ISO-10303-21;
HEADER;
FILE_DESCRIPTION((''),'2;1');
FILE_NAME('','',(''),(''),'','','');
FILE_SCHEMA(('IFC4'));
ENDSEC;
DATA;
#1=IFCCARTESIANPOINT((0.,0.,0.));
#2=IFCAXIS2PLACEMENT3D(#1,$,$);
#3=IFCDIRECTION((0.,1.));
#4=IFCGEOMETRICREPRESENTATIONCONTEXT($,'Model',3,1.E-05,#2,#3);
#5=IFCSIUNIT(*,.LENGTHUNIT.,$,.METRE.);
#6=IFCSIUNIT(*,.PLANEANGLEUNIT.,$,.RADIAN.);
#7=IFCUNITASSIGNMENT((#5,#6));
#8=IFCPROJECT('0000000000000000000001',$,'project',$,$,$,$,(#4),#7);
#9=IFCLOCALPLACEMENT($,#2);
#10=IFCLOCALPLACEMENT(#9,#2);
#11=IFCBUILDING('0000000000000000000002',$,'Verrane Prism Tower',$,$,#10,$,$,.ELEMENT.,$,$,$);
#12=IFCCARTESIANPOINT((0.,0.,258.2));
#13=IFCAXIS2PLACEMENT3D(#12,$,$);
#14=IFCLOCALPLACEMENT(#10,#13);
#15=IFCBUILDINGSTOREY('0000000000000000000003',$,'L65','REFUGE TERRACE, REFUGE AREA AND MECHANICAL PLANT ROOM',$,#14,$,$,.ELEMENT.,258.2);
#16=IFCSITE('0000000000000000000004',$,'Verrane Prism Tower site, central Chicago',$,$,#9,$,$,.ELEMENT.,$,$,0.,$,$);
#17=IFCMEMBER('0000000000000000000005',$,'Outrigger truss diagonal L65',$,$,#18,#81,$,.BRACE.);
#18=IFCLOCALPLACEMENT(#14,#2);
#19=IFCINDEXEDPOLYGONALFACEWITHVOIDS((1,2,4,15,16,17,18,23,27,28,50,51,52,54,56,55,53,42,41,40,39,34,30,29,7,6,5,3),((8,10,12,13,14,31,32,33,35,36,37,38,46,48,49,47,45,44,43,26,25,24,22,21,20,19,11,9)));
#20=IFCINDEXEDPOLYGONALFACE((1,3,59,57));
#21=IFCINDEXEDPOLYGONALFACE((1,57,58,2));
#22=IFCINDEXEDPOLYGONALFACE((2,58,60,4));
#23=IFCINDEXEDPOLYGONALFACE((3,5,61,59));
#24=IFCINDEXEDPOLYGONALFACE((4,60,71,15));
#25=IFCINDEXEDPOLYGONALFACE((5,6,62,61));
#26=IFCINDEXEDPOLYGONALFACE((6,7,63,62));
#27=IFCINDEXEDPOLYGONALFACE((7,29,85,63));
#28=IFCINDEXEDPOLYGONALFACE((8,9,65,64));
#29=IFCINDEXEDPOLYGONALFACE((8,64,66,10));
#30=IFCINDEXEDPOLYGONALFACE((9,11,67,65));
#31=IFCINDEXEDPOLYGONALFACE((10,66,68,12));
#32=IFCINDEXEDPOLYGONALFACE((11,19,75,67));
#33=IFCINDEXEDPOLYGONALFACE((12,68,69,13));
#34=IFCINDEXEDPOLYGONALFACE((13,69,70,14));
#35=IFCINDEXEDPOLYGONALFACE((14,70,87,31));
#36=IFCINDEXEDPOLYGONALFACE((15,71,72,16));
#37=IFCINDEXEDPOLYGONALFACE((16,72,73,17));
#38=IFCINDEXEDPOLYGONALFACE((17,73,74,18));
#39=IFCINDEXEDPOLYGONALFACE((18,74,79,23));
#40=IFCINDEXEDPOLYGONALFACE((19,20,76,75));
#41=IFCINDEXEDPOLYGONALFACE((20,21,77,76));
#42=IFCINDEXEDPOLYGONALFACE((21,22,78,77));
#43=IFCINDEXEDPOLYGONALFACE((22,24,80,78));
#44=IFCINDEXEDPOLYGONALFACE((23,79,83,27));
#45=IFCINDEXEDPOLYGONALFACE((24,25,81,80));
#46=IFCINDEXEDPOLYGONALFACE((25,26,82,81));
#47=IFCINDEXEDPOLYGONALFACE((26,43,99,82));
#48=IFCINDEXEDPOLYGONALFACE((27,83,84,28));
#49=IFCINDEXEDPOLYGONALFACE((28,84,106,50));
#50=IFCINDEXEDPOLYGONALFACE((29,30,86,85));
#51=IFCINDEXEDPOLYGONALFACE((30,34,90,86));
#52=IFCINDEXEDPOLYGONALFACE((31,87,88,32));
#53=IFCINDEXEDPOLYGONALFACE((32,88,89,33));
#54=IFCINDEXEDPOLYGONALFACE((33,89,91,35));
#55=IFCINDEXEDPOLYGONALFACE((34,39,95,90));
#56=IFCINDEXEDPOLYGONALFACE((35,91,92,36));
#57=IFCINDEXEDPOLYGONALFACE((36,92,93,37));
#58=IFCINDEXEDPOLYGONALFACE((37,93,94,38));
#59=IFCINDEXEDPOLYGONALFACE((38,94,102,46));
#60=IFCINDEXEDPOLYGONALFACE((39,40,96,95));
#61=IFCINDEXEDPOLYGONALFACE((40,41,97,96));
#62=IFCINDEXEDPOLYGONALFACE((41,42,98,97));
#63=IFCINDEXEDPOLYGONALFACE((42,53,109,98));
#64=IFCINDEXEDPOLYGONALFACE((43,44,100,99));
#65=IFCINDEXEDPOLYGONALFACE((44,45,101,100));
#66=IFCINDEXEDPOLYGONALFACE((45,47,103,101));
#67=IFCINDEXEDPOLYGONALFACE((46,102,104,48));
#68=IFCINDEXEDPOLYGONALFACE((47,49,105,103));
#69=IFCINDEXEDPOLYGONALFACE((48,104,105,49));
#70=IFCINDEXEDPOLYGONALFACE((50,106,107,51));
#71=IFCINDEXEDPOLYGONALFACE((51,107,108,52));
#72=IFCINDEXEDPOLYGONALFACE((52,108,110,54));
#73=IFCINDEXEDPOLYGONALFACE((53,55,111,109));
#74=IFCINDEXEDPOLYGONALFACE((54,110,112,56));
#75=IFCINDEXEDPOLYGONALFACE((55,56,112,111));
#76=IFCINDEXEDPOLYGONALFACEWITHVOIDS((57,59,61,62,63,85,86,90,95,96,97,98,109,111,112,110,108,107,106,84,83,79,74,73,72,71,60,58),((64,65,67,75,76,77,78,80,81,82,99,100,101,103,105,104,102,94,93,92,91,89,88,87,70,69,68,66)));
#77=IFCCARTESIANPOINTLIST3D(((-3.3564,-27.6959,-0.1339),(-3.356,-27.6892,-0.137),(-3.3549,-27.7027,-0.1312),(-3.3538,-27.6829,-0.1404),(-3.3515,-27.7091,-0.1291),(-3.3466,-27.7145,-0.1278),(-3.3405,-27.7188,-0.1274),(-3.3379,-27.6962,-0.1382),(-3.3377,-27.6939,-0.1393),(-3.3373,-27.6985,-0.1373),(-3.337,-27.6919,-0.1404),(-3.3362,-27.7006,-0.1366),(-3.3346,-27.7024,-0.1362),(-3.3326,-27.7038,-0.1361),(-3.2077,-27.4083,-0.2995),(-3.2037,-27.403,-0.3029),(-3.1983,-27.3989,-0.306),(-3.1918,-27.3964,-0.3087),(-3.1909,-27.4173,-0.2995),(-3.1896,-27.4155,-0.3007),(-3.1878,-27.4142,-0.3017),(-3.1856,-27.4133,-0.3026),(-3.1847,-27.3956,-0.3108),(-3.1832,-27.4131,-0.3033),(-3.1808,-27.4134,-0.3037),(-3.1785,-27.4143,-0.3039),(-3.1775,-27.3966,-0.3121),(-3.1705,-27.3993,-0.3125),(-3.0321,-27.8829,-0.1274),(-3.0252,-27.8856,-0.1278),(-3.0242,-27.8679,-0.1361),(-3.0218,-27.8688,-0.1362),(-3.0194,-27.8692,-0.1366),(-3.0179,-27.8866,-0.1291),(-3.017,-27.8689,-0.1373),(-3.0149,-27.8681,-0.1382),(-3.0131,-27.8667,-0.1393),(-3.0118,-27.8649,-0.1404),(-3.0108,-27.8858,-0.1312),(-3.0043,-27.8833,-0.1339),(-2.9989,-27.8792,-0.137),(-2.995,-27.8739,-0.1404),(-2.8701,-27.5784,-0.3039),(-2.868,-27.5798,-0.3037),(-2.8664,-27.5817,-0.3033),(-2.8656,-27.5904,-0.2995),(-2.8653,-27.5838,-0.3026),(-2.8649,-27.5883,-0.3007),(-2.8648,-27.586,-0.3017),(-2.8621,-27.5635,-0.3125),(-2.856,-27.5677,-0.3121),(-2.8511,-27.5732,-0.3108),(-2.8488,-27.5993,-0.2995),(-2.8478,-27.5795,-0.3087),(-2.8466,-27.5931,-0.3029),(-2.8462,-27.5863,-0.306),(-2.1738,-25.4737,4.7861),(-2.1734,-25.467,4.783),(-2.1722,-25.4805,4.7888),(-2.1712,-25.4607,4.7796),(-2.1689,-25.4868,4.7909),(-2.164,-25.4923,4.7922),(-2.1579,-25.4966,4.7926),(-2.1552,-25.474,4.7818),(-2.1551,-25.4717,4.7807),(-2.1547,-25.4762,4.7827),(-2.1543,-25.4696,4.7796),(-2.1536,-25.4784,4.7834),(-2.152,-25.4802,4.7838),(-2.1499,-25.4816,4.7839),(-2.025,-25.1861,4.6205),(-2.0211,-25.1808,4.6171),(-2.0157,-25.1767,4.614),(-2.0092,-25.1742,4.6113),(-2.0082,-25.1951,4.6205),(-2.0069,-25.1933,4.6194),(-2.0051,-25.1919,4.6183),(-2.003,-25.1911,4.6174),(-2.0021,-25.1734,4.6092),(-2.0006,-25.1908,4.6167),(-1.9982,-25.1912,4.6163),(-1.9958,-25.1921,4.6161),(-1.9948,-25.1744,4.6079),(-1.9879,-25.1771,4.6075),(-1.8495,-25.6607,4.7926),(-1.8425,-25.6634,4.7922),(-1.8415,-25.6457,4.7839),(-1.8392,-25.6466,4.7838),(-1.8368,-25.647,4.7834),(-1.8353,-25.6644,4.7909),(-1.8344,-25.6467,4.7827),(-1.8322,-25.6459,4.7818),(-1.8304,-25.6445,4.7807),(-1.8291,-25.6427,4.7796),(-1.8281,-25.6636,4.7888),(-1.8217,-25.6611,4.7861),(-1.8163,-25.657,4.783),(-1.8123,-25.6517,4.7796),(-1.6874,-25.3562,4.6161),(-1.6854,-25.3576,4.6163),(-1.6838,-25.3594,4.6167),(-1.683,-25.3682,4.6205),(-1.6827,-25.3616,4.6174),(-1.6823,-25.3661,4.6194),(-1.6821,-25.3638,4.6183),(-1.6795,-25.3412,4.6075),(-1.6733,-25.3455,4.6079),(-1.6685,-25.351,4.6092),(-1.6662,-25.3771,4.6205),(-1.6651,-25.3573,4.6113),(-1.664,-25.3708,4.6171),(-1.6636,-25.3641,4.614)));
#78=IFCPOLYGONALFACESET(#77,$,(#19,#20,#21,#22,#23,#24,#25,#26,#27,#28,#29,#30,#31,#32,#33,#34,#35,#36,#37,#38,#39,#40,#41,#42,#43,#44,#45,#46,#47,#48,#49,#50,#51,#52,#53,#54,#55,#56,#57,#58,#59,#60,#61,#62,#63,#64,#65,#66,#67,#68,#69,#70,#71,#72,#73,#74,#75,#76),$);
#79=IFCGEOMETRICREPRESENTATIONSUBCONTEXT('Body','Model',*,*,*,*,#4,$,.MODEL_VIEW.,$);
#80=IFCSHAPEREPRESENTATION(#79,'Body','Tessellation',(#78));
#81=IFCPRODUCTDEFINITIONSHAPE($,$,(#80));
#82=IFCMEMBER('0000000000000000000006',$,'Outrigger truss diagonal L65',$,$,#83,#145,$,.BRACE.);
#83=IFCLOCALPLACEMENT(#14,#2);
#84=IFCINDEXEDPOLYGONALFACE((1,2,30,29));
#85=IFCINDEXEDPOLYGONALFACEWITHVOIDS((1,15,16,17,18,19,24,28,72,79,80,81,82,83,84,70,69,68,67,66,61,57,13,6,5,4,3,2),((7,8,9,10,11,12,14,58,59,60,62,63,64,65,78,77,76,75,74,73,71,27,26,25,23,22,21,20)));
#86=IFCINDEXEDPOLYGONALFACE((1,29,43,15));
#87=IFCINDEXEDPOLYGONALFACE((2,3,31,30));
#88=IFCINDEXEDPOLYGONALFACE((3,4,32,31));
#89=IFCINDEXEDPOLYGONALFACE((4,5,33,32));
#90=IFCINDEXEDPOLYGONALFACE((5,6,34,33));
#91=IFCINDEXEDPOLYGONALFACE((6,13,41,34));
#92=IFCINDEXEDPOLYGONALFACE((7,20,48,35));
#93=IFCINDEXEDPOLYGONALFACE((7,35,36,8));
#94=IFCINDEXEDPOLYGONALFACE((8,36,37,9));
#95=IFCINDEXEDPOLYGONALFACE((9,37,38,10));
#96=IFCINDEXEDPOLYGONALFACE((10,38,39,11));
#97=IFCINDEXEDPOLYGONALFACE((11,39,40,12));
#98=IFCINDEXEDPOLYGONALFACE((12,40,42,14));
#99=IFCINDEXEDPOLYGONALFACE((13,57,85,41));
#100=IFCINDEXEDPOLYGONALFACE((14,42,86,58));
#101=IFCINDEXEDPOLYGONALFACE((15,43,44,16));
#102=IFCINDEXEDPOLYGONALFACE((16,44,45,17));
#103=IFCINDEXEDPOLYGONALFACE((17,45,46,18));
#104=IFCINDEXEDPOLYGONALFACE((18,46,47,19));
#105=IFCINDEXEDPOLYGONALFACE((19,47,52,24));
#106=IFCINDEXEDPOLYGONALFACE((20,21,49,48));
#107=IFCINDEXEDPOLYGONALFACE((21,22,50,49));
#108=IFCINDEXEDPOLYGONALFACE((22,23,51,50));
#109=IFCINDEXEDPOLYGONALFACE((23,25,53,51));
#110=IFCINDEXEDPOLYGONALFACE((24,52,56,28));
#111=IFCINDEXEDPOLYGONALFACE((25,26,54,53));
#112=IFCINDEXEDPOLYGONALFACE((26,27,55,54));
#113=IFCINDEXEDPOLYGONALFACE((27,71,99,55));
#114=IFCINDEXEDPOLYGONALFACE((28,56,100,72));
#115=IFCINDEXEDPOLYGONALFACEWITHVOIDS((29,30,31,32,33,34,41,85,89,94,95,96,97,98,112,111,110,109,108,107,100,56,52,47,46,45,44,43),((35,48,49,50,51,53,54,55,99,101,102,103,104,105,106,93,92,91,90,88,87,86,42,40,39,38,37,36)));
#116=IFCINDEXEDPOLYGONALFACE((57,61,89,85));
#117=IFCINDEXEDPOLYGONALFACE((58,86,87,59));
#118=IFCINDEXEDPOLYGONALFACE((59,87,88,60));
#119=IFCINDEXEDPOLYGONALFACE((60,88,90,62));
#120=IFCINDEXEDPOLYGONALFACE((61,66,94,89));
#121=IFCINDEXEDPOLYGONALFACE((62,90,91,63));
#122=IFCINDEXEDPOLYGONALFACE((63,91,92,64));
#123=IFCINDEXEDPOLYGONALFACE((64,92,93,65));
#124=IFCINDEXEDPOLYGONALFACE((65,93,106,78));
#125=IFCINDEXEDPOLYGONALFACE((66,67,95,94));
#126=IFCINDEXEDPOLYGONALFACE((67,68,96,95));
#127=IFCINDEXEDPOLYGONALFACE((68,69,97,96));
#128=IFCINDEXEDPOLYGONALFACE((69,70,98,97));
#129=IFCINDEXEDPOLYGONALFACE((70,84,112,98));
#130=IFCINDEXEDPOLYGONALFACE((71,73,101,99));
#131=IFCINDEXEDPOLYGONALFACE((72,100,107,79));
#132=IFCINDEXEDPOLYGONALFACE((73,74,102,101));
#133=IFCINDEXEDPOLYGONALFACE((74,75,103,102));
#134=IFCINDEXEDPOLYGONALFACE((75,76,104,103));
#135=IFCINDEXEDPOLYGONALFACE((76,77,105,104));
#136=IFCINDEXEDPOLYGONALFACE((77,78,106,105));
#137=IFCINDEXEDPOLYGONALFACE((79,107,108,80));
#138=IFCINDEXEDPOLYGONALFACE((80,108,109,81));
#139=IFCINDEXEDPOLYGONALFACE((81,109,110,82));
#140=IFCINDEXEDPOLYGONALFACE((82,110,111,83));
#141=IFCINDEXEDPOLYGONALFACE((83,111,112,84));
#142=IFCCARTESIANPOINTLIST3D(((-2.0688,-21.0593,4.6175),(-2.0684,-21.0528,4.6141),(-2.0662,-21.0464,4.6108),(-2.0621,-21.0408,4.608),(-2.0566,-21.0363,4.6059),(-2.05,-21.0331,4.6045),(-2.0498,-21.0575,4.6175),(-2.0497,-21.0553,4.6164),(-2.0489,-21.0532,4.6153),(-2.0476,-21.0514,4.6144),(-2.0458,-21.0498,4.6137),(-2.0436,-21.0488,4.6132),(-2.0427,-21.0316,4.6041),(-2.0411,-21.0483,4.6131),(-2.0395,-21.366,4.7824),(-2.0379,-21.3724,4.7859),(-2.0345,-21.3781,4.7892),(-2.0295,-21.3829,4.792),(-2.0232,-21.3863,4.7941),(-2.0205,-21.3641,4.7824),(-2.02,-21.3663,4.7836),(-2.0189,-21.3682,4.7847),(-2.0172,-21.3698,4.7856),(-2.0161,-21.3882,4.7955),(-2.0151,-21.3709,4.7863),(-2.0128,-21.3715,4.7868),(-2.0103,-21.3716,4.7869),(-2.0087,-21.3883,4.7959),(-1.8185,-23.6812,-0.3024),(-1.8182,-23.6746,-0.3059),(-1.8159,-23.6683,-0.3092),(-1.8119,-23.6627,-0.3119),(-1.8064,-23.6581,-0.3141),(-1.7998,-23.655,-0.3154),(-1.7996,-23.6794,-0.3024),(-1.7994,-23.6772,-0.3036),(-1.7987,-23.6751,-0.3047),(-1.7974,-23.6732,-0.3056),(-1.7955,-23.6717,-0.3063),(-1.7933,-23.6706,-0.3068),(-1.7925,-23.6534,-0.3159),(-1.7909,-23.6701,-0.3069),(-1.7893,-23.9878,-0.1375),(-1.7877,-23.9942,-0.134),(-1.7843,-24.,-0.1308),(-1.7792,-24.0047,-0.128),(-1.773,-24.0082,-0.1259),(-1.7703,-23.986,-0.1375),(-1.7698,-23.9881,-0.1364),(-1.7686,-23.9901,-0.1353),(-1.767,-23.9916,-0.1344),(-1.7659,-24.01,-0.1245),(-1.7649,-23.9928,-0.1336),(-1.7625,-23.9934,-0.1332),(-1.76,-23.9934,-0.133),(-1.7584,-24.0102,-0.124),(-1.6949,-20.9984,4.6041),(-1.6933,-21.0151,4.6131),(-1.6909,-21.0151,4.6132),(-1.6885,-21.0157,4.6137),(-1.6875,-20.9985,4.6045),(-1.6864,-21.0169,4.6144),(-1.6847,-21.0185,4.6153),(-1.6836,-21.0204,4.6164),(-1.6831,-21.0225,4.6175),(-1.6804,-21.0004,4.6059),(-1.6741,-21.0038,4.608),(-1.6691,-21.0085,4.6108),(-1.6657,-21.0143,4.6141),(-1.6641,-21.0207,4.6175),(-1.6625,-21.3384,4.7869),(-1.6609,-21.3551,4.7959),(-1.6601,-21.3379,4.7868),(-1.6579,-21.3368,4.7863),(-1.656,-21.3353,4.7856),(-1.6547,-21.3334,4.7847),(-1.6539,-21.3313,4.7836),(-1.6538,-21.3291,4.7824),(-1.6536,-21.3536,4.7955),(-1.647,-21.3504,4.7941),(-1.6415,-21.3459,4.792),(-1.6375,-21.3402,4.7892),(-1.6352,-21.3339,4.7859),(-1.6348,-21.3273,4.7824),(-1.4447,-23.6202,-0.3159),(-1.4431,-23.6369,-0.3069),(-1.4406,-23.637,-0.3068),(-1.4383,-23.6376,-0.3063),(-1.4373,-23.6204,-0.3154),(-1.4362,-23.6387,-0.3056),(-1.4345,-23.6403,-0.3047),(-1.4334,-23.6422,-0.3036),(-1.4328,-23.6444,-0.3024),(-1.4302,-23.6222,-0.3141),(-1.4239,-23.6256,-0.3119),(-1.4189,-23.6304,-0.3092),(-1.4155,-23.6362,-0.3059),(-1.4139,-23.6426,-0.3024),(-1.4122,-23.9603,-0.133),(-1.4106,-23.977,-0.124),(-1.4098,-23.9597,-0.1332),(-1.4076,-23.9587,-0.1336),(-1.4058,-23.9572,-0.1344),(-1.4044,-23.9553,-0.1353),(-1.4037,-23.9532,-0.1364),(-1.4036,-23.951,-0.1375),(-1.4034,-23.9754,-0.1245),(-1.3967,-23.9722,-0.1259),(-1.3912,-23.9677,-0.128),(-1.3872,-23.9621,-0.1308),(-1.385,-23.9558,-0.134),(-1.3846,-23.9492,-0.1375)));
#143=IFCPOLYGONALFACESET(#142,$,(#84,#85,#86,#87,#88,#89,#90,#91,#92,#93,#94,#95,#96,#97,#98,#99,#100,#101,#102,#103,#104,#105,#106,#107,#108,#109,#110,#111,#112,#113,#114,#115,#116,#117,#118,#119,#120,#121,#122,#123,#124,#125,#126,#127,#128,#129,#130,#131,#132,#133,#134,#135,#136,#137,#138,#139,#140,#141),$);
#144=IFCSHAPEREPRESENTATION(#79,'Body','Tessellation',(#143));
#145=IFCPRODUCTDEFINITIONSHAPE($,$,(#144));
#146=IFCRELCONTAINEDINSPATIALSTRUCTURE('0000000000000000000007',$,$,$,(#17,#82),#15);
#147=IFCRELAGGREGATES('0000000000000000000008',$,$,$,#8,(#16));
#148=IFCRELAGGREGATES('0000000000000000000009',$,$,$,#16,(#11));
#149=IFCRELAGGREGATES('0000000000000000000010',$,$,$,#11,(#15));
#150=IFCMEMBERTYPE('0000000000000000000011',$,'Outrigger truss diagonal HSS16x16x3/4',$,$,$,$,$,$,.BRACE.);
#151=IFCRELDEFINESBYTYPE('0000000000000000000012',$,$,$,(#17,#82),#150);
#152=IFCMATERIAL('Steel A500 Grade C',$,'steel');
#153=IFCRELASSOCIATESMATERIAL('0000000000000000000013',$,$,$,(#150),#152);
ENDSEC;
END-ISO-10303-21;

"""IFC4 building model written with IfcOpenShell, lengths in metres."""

from ifc_helpers import new_model, si_unit, direction, frame, origin, origin_2d, place, context, subcontext, project, spatial, hollow_rectangle, extrude, material, material_profile, profile_set, type_object, element, save


model = new_model("IFC4")

# Units and contexts
model_context = context("Model", 3, precision=1e-05, world=origin(), true_north=direction((0.0, 1.0)))
body_context = subcontext(model_context, "Body", "Model", "MODEL_VIEW")
ifc_project = project(units=[si_unit("LENGTHUNIT", "METRE"), si_unit("PLANEANGLEUNIT", "RADIAN")], contexts=[model_context])

# Site, building, storey
site_placement = place(None, origin())
site = spatial("IfcSite", under=ifc_project, at=site_placement, Name="Verrane Prism Tower site, central Chicago", CompositionType="ELEMENT", RefElevation=0.0)
building_placement = place(site_placement, origin())
building = spatial("IfcBuilding", under=site, at=building_placement, Name="Verrane Prism Tower", CompositionType="ELEMENT")
storey_placement = place(building_placement, frame((0.0, 0.0, 258.2)))
storey = spatial("IfcBuildingStorey", under=building, at=storey_placement, Name="L65", Description="REFUGE TERRACE, REFUGE AREA AND MECHANICAL PLANT ROOM", CompositionType="ELEMENT", Elevation=258.2)

# Members
ifc_material_1 = material(Name="Steel A500 Grade C", Category="steel")
ifc_material_profile_1 = material_profile(ifc_material_1, hollow_rectangle(XDim=0.4065, YDim=0.4065, WallThickness=0.019, InnerFilletRadius=0.0095, OuterFilletRadius=0.0286, at=origin_2d()), Name="HSS16x16x3/4")
ifc_profile_set_1 = profile_set([ifc_material_profile_1], Name="Steel A500 Grade C")
member_type_1 = type_object("IfcMemberType", Name="Outrigger truss diagonal HSS16x16x3/4", PredefinedType="BRACE", material=ifc_profile_set_1)
member_1_placement = place(storey_placement, frame((-3.1013, -27.6411, -0.22), z_axis=(0.21399, 0.402093, 0.890241), x_axis=(-0.882771, 0.469803, 0.0)))
element("IfcMember", 1, at=member_1_placement, inside=storey, type_object=member_type_1, Name="Outrigger truss diagonal L65", PredefinedType="BRACE", context=body_context, shape_type="SweptSolid", body=[
    extrude(hollow_rectangle(XDim=0.4065, YDim=0.4065, WallThickness=0.019, InnerFilletRadius=0.0095, OuterFilletRadius=0.0286, at=origin_2d()), origin(), (0.0, 0.0, 1.0), 5.5266),
])
member_2_placement = place(storey_placement, frame((-1.6016, -23.8152, -0.22), z_axis=(-0.044842, 0.469817, 0.881624), x_axis=(-0.995476, -0.095015, 0.0)))
element("IfcMember", 2, at=member_2_placement, inside=storey, type_object=member_type_1, Name="Outrigger truss diagonal L65", PredefinedType="BRACE", context=body_context, shape_type="SweptSolid", body=[
    extrude(hollow_rectangle(XDim=0.4065, YDim=0.4065, WallThickness=0.019, InnerFilletRadius=0.0095, OuterFilletRadius=0.0286, at=origin_2d()), origin(), (0.0, 0.0, 1.0), 5.5806),
])

save(model, "model.ifc")
